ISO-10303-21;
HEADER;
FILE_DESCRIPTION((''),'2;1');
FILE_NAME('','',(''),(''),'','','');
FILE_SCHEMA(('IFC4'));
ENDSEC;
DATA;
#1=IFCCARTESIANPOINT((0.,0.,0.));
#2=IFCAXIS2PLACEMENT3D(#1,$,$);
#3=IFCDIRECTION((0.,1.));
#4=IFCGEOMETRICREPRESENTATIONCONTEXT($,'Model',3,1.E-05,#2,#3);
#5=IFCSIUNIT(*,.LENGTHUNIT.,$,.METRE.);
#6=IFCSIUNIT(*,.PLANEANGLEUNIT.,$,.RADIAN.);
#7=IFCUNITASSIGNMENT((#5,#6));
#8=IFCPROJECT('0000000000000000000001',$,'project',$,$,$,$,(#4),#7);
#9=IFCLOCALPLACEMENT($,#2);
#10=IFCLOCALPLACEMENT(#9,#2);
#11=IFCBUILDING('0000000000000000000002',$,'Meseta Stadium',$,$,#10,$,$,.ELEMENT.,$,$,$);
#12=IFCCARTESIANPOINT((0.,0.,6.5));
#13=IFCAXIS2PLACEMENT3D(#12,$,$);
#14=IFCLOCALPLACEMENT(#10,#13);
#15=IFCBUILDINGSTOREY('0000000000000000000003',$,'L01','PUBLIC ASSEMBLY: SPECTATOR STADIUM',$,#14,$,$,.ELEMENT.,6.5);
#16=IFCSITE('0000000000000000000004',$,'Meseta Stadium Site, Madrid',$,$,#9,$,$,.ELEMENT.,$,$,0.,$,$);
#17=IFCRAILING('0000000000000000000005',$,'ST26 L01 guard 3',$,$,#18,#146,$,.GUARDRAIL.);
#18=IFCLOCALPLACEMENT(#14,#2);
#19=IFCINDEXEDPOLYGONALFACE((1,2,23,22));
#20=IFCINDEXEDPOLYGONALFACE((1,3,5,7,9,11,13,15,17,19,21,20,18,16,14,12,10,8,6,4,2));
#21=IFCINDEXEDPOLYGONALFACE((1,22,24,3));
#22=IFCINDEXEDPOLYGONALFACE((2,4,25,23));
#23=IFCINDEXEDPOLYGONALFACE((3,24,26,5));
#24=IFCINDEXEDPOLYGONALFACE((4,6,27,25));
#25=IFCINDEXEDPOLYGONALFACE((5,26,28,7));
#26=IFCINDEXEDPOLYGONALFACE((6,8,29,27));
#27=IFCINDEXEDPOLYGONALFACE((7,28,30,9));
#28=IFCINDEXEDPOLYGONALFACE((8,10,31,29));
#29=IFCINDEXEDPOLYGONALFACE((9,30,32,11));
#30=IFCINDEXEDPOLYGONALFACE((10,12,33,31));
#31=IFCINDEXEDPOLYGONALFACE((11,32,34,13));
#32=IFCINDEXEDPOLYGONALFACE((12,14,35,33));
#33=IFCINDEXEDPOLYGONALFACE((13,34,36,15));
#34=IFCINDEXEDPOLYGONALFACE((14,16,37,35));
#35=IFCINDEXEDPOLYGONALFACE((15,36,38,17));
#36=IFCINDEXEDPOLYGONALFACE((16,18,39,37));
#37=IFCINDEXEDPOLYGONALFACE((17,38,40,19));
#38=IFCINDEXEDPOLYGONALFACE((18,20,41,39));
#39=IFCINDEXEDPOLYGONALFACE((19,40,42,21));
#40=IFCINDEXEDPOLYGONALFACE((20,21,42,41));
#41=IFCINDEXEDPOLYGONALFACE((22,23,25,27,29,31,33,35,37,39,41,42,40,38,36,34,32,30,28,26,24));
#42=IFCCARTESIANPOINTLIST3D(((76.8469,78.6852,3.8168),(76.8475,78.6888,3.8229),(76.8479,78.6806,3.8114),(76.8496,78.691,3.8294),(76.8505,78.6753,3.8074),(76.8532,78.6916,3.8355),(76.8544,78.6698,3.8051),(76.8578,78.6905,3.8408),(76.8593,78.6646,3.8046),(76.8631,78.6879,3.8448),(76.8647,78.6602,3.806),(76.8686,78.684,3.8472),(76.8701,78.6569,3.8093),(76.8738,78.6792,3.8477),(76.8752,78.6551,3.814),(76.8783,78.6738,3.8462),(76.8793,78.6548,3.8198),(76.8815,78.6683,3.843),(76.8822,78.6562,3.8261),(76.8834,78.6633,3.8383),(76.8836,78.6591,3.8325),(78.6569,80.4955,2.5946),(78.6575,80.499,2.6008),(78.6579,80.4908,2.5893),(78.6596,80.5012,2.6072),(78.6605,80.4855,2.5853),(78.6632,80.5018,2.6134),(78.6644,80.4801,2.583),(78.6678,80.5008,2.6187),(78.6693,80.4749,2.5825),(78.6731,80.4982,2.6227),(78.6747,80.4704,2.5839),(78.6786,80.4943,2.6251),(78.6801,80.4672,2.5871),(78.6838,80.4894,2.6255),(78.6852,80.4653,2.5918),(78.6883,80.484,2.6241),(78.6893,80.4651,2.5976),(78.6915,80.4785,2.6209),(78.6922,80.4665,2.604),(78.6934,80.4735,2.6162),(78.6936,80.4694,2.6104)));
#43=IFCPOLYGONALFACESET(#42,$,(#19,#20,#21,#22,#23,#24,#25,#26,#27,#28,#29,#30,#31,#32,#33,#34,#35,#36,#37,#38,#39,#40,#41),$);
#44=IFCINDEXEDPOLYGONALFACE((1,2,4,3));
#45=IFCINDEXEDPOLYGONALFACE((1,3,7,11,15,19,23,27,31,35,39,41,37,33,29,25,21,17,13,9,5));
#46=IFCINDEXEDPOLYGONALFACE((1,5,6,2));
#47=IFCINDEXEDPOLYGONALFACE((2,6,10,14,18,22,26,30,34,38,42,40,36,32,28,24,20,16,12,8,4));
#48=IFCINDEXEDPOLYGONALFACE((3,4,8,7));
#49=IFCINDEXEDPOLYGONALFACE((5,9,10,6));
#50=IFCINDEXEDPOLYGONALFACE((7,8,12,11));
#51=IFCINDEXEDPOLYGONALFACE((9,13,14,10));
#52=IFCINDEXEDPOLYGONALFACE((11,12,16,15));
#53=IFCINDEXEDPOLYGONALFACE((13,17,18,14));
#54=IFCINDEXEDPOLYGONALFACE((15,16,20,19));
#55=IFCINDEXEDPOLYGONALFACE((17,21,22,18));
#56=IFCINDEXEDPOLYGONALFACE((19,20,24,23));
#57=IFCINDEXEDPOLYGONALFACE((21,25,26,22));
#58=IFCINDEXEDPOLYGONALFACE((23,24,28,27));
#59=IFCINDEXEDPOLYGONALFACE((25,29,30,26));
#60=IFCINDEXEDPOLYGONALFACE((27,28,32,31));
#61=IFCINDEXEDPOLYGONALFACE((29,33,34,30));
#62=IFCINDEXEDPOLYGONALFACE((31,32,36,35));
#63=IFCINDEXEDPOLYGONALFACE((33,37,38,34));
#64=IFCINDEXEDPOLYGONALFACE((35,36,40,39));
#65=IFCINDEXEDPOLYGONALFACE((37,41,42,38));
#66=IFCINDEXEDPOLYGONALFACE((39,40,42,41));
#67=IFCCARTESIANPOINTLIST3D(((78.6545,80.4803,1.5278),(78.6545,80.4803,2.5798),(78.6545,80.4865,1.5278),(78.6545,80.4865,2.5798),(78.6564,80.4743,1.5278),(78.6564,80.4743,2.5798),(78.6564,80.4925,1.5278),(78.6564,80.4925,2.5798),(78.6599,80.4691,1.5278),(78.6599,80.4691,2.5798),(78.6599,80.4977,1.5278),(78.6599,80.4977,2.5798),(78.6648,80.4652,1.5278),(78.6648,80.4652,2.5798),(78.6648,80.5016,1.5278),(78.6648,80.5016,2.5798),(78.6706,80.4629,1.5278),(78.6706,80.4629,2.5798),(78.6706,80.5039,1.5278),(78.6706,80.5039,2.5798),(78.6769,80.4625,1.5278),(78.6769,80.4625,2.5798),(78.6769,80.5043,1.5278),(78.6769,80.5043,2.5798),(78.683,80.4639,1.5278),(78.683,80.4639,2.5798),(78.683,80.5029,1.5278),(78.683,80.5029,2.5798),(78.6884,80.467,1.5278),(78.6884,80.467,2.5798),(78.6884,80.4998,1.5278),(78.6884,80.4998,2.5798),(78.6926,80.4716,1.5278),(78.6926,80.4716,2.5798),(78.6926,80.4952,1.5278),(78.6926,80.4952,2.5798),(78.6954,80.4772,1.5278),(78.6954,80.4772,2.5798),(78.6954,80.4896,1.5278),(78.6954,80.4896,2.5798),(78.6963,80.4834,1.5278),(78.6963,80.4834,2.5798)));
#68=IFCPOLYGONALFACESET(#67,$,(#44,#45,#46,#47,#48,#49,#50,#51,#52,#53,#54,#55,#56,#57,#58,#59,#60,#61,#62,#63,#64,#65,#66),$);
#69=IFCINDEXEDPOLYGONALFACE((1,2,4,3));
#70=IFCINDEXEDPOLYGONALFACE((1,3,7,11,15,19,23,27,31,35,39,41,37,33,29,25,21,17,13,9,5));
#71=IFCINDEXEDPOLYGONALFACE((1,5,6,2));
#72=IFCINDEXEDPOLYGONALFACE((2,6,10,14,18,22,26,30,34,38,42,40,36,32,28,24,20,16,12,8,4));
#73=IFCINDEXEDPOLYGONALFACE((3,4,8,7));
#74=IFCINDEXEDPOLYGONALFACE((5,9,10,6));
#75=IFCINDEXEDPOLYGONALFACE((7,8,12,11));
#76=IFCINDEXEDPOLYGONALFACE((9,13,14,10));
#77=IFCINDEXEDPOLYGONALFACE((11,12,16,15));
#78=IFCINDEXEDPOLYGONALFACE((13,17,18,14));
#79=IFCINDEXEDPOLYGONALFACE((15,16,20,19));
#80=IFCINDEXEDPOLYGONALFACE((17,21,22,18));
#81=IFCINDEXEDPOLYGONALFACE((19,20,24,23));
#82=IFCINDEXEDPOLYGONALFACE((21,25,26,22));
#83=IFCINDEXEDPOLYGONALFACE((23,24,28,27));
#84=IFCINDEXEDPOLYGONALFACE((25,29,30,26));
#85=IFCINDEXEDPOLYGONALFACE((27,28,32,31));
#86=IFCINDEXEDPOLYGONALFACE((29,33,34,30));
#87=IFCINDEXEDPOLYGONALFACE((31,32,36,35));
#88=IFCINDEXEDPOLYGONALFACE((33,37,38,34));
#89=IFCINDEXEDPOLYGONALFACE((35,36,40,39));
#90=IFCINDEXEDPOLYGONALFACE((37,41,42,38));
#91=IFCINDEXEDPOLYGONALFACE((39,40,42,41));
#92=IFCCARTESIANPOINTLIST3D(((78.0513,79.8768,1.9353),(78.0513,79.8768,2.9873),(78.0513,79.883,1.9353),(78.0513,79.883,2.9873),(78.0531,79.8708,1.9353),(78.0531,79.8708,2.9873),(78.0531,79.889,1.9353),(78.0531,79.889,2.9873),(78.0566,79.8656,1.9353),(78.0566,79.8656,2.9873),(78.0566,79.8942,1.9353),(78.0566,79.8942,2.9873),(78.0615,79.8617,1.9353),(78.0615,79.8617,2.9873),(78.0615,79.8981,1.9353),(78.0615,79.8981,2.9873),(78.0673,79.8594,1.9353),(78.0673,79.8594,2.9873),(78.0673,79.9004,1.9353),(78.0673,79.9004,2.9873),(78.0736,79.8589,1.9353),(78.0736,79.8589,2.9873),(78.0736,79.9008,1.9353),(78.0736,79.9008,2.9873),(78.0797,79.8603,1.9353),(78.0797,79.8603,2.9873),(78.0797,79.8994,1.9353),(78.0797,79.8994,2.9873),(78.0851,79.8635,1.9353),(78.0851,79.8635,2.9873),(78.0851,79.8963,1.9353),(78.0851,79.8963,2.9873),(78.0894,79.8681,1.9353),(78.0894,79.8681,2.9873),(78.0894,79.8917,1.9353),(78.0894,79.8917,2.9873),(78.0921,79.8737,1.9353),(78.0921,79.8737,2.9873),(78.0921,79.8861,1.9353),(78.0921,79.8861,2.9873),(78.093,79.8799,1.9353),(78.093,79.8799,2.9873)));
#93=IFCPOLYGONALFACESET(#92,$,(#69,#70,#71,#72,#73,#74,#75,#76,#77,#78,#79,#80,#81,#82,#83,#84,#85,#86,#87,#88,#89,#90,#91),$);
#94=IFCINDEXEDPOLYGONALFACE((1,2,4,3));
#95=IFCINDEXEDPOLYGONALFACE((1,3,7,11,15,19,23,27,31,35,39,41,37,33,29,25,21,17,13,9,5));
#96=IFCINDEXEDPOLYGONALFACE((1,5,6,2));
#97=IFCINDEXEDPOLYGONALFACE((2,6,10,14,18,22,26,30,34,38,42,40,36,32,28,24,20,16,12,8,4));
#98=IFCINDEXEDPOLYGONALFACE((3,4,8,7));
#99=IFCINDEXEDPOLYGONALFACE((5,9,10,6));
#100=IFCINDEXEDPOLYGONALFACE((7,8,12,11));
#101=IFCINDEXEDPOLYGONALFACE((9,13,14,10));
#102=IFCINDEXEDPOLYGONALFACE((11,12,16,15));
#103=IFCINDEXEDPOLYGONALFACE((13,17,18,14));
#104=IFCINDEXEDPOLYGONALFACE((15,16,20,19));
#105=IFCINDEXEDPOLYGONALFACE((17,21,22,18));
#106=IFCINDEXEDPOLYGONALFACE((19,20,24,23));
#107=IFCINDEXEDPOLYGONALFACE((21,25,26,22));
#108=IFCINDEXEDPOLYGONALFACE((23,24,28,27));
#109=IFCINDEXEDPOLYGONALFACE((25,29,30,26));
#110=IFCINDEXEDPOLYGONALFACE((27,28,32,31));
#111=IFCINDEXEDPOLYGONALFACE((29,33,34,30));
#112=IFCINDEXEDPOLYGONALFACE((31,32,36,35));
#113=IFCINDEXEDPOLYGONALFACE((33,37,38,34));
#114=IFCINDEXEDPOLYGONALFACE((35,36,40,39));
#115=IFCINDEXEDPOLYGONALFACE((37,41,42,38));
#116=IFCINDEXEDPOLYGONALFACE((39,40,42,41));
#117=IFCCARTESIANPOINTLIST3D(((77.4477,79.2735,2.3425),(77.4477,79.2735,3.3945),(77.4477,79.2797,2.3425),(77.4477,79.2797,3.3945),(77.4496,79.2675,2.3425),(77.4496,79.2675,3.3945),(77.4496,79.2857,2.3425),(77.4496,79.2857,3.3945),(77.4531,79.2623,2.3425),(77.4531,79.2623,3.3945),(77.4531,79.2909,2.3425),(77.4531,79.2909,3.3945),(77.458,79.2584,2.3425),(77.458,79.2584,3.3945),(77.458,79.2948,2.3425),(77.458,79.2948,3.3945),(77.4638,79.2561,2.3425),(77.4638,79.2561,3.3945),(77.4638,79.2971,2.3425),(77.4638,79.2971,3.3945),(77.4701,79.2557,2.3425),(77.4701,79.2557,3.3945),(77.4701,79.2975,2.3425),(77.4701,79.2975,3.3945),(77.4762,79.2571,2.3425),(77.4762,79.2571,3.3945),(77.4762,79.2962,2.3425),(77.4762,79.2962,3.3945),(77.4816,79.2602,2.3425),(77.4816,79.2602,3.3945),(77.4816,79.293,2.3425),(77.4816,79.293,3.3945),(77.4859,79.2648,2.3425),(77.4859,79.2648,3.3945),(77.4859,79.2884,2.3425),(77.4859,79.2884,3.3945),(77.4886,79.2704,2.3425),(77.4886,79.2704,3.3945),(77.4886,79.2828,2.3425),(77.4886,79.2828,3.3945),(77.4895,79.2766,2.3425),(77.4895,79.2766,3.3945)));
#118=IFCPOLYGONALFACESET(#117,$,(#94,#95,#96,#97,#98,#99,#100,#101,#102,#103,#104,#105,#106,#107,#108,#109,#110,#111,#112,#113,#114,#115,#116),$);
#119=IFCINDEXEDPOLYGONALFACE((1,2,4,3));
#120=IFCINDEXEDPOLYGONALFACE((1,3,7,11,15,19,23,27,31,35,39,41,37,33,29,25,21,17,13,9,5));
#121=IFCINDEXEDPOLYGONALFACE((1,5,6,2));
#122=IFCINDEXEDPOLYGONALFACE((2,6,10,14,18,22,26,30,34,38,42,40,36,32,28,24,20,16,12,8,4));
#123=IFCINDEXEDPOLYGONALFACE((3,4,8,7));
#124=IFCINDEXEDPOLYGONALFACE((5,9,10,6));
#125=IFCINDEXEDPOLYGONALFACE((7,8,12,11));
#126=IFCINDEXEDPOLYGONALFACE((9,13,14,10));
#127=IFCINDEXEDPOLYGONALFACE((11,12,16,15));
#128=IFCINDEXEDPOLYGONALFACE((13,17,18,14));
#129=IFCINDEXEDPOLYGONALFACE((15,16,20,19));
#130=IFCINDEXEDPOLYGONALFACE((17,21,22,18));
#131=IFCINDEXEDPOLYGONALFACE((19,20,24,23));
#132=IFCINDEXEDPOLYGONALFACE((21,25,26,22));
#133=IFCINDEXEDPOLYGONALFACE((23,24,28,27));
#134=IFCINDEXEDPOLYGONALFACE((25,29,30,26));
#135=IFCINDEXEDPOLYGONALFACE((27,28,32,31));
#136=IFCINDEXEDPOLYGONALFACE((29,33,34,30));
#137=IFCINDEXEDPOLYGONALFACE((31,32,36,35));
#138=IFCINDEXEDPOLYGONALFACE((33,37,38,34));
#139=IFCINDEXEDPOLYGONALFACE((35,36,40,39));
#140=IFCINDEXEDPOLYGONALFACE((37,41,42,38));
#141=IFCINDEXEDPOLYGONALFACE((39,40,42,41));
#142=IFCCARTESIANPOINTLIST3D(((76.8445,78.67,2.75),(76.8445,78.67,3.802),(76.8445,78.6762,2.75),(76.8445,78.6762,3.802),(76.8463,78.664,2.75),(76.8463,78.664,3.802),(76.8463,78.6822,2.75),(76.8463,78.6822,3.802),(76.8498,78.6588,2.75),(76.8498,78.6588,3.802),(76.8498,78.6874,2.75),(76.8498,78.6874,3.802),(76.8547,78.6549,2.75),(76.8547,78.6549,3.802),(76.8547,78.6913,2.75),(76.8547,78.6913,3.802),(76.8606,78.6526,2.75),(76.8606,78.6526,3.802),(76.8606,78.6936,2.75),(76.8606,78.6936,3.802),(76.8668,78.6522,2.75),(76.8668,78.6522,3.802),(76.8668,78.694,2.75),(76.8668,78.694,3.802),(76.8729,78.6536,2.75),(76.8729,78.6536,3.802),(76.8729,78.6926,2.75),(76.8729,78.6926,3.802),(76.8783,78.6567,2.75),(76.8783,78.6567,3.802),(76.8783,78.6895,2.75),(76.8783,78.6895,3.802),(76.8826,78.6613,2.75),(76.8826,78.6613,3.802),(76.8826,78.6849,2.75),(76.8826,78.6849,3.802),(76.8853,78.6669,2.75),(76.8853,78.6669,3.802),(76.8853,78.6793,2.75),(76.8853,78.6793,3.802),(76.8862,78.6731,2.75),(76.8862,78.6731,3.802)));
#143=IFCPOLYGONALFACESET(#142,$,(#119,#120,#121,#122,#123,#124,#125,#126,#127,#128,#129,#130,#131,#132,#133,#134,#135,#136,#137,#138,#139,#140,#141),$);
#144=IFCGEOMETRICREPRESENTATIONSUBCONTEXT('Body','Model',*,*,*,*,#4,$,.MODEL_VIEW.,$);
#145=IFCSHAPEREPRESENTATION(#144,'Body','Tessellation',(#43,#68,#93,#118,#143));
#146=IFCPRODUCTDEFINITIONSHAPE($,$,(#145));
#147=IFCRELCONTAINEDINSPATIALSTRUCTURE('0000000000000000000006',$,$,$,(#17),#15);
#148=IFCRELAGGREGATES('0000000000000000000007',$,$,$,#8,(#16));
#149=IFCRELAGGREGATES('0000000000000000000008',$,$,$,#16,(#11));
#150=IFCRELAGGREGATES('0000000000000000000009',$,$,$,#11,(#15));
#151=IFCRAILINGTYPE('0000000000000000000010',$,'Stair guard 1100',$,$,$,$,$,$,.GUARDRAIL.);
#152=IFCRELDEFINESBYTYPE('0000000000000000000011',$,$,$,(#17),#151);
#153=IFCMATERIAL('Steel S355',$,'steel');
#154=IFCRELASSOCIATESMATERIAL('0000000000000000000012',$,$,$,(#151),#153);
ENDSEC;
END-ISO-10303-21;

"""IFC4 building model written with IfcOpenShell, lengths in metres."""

from ifc_helpers import new_model, si_unit, direction, frame, origin, origin_2d, place, context, subcontext, project, spatial, circle, extrude, material, type_object, element, save


model = new_model("IFC4")

# Units and contexts
model_context = context("Model", 3, precision=1e-05, world=origin(), true_north=direction((0.0, 1.0)))
body_context = subcontext(model_context, "Body", "Model", "MODEL_VIEW")
ifc_project = project(units=[si_unit("LENGTHUNIT", "METRE"), si_unit("PLANEANGLEUNIT", "RADIAN")], contexts=[model_context])

# Site, building, storey
site_placement = place(None, origin())
site = spatial("IfcSite", under=ifc_project, at=site_placement, Name="Meseta Stadium Site, Madrid", CompositionType="ELEMENT", RefElevation=0.0)
building_placement = place(site_placement, origin())
building = spatial("IfcBuilding", under=site, at=building_placement, Name="Meseta Stadium", CompositionType="ELEMENT")
storey_placement = place(building_placement, frame((0.0, 0.0, 6.5)))
storey = spatial("IfcBuildingStorey", under=building, at=storey_placement, Name="L01", Description="PUBLIC ASSEMBLY: SPECTATOR STADIUM", CompositionType="ELEMENT", Elevation=6.5)

# Railing
ifc_material_1 = material(Name="Steel S355", Category="steel")
railing_type_1 = type_object("IfcRailingType", Name="Stair guard 1100", PredefinedType="GUARDRAIL", material=ifc_material_1)
railing_1_placement = place(storey_placement, frame((78.6753, 80.4834, 1.5278)))
element("IfcRailing", 1, at=railing_1_placement, inside=storey, type_object=railing_type_1, Name="ST26 L01 guard 3", PredefinedType="GUARDRAIL", context=body_context, shape_type="SweptSolid", body=[
    extrude(circle(Radius=0.0239, at=origin_2d()), frame((0.0, 0.0, 1.0762), z_axis=(-0.638073, -0.638159, 0.430832), x_axis=(0.707154, -0.707059, 0.0)), (0.0, 0.0, 1.0), 2.8367),
    extrude(circle(Radius=0.021, at=origin_2d()), origin(), (0.0, 0.0, 1.0), 1.052),
    extrude(circle(Radius=0.021, at=origin_2d()), frame((-0.6033, -0.6035, 0.4075)), (0.0, 0.0, 1.0), 1.052),
    extrude(circle(Radius=0.021, at=origin_2d()), frame((-1.2068, -1.2068, 0.8147)), (0.0, 0.0, 1.0), 1.052),
    extrude(circle(Radius=0.021, at=origin_2d()), frame((-1.8101, -1.8103, 1.2222)), (0.0, 0.0, 1.0), 1.052),
])

save(model, "model.ifc")
